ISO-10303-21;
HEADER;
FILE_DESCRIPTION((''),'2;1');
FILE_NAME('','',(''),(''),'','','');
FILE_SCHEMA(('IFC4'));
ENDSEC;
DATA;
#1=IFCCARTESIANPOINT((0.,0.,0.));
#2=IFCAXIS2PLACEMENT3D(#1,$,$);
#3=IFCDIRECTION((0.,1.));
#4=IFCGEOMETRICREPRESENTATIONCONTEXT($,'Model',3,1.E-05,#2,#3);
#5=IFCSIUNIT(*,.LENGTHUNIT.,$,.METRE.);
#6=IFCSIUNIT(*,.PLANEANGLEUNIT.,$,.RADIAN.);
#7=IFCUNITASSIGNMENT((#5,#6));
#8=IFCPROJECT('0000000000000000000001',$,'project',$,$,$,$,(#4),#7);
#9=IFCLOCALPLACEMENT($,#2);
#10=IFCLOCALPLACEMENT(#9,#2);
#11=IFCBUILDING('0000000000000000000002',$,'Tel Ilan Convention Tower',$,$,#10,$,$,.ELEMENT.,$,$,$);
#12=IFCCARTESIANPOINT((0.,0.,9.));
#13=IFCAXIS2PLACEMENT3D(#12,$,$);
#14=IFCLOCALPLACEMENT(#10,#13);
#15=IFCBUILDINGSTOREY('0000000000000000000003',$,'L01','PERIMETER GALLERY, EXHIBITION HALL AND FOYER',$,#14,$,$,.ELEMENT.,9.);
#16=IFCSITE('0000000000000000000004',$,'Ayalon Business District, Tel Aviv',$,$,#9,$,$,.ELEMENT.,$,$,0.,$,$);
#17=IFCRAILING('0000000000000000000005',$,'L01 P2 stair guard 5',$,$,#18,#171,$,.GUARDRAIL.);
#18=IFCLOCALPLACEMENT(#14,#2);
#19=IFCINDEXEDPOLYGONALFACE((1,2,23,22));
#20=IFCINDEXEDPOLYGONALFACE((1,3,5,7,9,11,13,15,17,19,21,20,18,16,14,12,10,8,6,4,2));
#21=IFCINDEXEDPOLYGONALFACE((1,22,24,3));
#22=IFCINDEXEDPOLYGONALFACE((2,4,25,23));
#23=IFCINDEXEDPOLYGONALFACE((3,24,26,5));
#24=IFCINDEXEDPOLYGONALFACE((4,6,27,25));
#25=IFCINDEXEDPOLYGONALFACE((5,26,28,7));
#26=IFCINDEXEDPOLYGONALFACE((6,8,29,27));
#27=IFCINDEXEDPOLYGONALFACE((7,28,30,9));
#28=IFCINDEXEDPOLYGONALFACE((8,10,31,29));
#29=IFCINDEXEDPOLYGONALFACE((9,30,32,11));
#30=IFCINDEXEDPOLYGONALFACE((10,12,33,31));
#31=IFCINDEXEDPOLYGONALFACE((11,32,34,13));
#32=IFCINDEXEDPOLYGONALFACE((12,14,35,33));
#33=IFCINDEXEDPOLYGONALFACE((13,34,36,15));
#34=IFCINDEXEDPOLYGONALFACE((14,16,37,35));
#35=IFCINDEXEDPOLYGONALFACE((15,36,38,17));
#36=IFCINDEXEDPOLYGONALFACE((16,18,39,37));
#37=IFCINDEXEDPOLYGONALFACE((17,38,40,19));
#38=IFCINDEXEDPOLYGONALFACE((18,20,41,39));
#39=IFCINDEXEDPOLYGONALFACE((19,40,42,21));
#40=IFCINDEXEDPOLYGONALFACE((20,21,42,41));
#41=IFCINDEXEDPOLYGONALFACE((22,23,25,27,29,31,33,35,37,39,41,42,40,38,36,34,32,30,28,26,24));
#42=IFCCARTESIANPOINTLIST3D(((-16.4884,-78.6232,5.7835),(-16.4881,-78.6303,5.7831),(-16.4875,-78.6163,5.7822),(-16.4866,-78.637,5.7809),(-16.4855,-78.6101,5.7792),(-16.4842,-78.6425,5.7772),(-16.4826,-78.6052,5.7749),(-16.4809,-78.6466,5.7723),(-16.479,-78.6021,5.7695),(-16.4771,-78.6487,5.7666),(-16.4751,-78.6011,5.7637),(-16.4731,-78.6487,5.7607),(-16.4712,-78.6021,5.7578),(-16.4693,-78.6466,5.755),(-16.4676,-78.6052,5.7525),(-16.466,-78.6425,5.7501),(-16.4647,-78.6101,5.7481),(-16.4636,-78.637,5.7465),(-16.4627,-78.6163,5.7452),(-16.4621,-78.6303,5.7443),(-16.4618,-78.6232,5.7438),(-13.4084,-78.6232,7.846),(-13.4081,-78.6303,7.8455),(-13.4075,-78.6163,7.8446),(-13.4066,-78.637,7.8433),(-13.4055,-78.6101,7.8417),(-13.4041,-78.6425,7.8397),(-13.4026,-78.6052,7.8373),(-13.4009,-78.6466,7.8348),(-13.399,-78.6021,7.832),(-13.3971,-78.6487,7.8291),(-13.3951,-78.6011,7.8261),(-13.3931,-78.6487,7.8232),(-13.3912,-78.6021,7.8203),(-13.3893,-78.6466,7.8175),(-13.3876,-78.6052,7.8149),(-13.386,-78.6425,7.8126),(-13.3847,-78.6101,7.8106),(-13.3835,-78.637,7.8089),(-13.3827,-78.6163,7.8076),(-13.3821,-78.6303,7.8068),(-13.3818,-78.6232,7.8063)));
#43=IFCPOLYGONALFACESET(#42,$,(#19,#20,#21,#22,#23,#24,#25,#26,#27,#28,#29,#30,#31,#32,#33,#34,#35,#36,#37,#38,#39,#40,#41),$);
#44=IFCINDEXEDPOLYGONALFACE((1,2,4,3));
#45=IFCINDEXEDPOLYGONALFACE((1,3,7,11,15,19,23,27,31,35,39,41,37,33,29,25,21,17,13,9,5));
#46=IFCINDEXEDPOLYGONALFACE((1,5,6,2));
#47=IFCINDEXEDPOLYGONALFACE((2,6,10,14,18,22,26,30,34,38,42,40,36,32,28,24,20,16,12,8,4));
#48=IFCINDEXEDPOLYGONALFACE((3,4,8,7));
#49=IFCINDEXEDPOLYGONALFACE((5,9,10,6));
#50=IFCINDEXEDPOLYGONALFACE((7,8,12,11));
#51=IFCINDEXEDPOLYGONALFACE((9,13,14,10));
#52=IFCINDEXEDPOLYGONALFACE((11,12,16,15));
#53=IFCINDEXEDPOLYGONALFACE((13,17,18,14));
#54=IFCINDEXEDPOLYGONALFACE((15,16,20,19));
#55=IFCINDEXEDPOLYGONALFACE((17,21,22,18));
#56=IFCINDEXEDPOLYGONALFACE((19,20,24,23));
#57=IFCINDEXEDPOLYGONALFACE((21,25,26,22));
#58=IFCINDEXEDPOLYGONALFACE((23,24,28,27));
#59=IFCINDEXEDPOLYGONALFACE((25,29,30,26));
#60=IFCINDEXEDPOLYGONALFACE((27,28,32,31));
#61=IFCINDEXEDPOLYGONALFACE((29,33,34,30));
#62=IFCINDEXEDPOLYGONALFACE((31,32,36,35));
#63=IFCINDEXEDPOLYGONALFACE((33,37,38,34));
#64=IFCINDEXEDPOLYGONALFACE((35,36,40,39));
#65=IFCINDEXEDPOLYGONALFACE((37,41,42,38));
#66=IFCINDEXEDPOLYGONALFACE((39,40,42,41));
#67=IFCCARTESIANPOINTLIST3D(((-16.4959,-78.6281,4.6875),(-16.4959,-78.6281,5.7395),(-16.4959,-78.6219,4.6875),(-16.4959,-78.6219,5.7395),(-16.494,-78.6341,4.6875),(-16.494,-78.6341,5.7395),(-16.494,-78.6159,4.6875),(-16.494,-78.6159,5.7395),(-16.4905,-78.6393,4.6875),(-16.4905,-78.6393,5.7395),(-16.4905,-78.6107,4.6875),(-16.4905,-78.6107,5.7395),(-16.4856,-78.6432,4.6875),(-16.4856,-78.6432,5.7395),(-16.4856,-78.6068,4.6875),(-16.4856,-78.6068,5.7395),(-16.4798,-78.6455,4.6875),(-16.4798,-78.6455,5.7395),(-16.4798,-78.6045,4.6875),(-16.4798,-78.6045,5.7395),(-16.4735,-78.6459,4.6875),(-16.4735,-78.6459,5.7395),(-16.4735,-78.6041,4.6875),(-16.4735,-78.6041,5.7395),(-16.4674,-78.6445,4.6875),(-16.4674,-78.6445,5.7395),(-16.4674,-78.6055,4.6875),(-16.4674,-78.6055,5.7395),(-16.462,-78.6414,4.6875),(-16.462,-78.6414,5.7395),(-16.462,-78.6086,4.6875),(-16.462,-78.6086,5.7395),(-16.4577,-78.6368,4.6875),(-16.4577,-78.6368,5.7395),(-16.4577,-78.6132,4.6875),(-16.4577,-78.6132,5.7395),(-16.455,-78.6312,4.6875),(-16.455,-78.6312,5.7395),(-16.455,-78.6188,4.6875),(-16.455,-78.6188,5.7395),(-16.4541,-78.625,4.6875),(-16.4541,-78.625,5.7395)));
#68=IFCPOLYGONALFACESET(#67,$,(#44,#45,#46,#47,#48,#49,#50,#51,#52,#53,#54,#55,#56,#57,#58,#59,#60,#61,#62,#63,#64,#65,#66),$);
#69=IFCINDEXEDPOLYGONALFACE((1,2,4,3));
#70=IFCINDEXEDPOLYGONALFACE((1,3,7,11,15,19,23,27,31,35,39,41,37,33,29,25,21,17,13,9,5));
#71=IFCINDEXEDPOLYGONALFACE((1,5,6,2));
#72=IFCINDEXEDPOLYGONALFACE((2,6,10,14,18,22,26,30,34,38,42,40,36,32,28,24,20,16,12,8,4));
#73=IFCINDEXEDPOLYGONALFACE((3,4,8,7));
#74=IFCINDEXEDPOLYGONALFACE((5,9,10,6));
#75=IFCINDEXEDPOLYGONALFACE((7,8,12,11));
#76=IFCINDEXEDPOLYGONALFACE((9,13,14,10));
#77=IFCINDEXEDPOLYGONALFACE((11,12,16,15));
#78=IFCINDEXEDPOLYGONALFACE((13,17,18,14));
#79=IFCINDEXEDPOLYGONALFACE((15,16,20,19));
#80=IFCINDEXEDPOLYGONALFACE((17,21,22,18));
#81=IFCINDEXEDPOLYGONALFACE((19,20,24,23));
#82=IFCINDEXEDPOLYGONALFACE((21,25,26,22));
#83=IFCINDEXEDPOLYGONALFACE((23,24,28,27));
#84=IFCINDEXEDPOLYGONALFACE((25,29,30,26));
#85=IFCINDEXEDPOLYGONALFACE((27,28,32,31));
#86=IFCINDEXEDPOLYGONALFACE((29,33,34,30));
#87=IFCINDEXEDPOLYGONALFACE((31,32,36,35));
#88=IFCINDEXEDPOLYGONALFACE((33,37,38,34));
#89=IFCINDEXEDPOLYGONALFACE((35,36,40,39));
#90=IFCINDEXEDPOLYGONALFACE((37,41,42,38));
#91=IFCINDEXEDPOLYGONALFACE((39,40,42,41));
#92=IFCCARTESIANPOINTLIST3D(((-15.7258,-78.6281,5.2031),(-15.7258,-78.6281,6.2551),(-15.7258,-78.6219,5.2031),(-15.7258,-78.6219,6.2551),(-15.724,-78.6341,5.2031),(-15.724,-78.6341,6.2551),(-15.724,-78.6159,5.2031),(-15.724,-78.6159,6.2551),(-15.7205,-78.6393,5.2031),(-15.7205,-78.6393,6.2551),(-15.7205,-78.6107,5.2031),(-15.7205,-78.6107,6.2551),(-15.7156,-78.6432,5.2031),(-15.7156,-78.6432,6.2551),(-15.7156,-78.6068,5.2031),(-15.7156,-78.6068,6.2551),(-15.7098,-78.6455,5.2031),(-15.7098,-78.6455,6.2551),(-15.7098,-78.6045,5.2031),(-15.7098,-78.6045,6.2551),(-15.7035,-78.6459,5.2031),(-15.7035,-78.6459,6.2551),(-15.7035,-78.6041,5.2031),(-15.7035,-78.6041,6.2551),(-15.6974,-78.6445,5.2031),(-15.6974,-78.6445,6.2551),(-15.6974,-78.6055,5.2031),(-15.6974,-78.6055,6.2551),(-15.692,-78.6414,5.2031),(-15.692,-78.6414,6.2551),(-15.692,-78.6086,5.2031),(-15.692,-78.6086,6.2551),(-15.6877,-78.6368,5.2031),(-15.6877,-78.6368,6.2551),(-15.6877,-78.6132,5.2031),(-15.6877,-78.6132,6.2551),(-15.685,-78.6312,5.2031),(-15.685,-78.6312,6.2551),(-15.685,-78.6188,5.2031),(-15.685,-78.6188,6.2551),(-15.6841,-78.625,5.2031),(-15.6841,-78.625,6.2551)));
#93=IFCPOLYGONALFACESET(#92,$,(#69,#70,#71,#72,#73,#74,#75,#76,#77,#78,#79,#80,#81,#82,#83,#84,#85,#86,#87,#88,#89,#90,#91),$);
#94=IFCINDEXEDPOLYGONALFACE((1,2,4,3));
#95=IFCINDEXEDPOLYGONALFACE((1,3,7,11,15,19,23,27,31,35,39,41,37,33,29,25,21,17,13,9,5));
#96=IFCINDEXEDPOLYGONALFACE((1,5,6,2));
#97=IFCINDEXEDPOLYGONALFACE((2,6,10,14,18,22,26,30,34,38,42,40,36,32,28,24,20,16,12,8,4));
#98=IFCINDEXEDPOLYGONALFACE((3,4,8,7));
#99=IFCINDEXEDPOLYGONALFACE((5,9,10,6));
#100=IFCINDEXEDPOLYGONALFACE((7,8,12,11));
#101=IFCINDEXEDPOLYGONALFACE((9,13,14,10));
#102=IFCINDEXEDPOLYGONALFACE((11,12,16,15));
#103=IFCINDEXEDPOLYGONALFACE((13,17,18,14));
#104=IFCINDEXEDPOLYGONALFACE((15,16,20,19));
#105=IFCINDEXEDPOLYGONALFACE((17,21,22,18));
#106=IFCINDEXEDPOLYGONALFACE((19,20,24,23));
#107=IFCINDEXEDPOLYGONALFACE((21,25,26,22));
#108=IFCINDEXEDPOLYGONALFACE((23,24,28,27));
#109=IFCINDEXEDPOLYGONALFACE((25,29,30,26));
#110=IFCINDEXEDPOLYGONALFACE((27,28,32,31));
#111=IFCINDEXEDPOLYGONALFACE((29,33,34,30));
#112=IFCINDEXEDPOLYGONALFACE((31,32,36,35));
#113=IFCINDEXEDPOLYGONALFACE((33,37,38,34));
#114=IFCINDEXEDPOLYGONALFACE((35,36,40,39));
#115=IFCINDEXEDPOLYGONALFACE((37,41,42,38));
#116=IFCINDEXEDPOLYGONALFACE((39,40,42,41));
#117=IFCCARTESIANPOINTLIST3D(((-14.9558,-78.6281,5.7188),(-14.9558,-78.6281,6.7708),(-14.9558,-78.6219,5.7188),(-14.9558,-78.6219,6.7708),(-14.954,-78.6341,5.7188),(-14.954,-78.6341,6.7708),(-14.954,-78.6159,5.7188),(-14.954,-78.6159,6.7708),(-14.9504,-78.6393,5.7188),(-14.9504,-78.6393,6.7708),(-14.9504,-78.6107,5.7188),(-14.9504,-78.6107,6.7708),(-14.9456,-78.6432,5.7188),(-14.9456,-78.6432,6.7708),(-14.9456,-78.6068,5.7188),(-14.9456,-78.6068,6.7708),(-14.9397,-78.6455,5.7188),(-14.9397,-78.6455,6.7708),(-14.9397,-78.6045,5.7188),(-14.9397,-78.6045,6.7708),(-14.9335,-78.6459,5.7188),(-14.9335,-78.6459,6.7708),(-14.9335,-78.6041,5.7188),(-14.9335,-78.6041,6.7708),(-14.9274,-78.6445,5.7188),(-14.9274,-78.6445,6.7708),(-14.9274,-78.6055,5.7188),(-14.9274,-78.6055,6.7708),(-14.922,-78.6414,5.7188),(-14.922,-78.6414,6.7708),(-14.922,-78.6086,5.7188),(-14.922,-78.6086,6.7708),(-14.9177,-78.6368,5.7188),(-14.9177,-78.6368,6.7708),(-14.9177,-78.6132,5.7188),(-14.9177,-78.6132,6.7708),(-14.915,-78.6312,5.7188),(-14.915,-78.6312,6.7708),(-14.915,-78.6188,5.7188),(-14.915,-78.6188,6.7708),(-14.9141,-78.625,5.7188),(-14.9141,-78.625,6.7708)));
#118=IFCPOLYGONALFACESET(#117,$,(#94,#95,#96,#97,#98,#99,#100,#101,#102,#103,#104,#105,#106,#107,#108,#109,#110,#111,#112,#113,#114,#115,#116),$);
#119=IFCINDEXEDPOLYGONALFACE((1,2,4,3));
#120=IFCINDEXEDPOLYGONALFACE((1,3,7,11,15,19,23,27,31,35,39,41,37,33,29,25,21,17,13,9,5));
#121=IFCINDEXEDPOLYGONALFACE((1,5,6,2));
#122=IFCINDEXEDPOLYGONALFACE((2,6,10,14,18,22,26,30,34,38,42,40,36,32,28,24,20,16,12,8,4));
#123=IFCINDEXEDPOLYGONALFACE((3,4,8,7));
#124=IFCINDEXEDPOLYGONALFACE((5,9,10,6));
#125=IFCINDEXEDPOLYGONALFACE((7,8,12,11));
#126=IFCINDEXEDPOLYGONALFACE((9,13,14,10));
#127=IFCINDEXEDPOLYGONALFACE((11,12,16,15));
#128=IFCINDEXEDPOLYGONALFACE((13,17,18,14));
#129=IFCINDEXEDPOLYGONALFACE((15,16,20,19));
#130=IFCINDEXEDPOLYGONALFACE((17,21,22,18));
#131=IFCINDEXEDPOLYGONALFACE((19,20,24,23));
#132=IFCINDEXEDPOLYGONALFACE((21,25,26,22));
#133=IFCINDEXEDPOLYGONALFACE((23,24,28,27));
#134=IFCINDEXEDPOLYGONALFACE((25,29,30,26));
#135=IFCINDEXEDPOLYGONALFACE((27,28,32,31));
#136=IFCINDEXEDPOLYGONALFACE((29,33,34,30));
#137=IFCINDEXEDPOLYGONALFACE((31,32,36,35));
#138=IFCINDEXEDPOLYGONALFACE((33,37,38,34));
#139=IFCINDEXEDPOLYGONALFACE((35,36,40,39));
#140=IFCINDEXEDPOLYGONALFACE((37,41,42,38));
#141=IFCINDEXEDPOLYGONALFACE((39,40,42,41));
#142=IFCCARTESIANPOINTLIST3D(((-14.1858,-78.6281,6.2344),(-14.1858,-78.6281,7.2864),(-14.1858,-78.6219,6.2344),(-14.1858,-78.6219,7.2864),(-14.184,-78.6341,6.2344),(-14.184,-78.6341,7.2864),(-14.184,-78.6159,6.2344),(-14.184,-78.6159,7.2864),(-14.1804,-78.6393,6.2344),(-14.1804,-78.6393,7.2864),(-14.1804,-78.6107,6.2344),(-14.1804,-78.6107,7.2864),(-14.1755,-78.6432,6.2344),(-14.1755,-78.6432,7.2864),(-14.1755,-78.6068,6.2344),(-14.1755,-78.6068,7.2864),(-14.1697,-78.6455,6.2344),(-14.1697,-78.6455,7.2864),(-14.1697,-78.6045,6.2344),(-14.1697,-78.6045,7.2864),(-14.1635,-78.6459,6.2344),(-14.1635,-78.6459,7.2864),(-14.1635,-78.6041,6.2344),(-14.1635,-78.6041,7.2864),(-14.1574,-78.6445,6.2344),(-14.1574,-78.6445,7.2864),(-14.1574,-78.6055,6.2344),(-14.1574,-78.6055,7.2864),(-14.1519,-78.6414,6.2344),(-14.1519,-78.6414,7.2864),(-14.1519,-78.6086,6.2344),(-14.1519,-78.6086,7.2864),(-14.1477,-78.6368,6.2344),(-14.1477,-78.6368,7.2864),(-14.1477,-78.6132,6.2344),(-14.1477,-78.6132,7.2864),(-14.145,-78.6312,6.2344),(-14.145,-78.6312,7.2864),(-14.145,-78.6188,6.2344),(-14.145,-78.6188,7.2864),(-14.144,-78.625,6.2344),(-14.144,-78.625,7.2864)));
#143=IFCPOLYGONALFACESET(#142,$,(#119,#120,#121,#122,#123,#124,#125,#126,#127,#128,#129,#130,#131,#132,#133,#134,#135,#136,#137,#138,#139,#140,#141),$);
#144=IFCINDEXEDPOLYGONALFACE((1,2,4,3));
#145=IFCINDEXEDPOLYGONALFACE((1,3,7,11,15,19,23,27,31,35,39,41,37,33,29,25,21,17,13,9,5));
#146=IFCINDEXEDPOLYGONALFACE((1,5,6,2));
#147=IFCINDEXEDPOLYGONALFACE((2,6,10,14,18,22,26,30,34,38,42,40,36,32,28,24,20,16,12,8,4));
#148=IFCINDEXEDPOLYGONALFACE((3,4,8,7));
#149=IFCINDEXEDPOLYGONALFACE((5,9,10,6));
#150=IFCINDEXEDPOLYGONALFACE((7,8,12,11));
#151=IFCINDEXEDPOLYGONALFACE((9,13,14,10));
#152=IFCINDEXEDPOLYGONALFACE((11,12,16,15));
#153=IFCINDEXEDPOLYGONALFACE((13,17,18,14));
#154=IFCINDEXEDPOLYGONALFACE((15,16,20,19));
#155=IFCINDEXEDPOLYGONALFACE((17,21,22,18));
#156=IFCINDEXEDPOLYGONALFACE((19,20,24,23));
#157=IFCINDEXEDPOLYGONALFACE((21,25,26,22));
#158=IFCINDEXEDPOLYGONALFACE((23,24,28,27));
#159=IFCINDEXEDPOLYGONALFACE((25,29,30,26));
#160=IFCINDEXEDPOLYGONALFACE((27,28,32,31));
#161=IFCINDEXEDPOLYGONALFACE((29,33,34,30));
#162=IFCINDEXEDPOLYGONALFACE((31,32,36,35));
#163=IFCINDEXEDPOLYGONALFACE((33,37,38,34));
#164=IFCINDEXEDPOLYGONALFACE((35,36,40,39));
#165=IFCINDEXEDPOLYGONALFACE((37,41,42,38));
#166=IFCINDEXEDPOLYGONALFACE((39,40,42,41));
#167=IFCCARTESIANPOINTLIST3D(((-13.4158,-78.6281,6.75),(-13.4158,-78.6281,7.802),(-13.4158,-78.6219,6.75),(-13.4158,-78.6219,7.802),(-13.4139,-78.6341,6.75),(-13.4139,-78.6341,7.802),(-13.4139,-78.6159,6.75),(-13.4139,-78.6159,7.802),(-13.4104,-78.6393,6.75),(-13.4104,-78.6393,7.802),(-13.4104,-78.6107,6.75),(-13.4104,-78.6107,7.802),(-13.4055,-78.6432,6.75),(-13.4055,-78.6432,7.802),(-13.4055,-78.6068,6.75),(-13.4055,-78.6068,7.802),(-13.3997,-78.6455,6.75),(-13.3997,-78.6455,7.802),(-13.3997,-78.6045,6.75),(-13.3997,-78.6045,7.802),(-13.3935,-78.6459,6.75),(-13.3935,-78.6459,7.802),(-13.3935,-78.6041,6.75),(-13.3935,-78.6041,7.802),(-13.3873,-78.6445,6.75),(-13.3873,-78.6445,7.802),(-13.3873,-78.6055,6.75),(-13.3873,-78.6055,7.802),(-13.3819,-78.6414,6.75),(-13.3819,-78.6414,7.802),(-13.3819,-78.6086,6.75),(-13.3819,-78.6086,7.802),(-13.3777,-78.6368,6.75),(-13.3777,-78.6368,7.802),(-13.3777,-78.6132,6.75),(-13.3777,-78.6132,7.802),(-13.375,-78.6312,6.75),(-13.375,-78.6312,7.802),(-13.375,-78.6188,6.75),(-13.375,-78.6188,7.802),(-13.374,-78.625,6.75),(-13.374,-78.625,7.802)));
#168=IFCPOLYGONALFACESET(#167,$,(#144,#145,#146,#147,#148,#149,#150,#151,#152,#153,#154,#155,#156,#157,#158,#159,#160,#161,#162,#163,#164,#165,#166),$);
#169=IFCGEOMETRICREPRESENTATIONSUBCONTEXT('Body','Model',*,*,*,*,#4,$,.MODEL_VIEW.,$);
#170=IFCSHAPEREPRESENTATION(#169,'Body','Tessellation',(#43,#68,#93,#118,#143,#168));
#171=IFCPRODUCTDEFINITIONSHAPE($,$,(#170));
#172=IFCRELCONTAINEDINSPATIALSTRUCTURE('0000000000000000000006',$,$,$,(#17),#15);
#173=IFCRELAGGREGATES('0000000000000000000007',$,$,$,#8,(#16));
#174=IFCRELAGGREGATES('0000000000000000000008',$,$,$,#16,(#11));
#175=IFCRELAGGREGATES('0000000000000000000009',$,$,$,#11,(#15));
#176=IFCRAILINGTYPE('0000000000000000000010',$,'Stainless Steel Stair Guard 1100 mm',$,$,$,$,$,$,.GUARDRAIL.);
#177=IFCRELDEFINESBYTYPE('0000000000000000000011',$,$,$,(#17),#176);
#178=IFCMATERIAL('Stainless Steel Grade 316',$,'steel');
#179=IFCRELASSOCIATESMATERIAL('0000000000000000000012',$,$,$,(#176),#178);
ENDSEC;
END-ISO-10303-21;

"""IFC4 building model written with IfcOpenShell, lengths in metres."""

from ifc_helpers import new_model, si_unit, direction, frame, origin, origin_2d, place, context, subcontext, project, spatial, circle, extrude, material, type_object, element, save


model = new_model("IFC4")

# Units and contexts
model_context = context("Model", 3, precision=1e-05, world=origin(), true_north=direction((0.0, 1.0)))
body_context = subcontext(model_context, "Body", "Model", "MODEL_VIEW")
ifc_project = project(units=[si_unit("LENGTHUNIT", "METRE"), si_unit("PLANEANGLEUNIT", "RADIAN")], contexts=[model_context])

# Site, building, storey
site_placement = place(None, origin())
site = spatial("IfcSite", under=ifc_project, at=site_placement, Name="Ayalon Business District, Tel Aviv", CompositionType="ELEMENT", RefElevation=0.0)
building_placement = place(site_placement, origin())
building = spatial("IfcBuilding", under=site, at=building_placement, Name="Tel Ilan Convention Tower", CompositionType="ELEMENT")
storey_placement = place(building_placement, frame((0.0, 0.0, 9.0)))
storey = spatial("IfcBuildingStorey", under=building, at=storey_placement, Name="L01", Description="PERIMETER GALLERY, EXHIBITION HALL AND FOYER", CompositionType="ELEMENT", Elevation=9.0)

# Railing
ifc_material_1 = material(Name="Stainless Steel Grade 316", Category="steel")
railing_type_1 = type_object("IfcRailingType", Name="Stainless Steel Stair Guard 1100 mm", PredefinedType="GUARDRAIL", material=ifc_material_1)
railing_1_placement = place(storey_placement, frame((-16.4751, -78.625, 4.6875)))
element("IfcRailing", 1, at=railing_1_placement, inside=storey, type_object=railing_type_1, Name="L01 P2 stair guard 5", PredefinedType="GUARDRAIL", context=body_context, shape_type="SweptSolid", body=[
    extrude(circle(Radius=0.0239, at=origin_2d()), frame((0.0, 0.0, 1.0762), z_axis=(0.830914, 0.0, 0.556401), x_axis=(0.0, 1.0, 0.0)), (0.0, 0.0, 1.0), 3.7068),
    extrude(circle(Radius=0.021, at=origin_2d()), origin(), (0.0, 0.0, 1.0), 1.052),
    extrude(circle(Radius=0.021, at=origin_2d()), frame((0.77, 0.0, 0.5156)), (0.0, 0.0, 1.0), 1.052),
    extrude(circle(Radius=0.021, at=origin_2d()), frame((1.54, 0.0, 1.0312)), (0.0, 0.0, 1.0), 1.052),
    extrude(circle(Radius=0.021, at=origin_2d()), frame((2.3101, 0.0, 1.5469)), (0.0, 0.0, 1.0), 1.052),
    extrude(circle(Radius=0.021, at=origin_2d()), frame((3.0801, 0.0, 2.0625)), (0.0, 0.0, 1.0), 1.052),
])

save(model, "model.ifc")
